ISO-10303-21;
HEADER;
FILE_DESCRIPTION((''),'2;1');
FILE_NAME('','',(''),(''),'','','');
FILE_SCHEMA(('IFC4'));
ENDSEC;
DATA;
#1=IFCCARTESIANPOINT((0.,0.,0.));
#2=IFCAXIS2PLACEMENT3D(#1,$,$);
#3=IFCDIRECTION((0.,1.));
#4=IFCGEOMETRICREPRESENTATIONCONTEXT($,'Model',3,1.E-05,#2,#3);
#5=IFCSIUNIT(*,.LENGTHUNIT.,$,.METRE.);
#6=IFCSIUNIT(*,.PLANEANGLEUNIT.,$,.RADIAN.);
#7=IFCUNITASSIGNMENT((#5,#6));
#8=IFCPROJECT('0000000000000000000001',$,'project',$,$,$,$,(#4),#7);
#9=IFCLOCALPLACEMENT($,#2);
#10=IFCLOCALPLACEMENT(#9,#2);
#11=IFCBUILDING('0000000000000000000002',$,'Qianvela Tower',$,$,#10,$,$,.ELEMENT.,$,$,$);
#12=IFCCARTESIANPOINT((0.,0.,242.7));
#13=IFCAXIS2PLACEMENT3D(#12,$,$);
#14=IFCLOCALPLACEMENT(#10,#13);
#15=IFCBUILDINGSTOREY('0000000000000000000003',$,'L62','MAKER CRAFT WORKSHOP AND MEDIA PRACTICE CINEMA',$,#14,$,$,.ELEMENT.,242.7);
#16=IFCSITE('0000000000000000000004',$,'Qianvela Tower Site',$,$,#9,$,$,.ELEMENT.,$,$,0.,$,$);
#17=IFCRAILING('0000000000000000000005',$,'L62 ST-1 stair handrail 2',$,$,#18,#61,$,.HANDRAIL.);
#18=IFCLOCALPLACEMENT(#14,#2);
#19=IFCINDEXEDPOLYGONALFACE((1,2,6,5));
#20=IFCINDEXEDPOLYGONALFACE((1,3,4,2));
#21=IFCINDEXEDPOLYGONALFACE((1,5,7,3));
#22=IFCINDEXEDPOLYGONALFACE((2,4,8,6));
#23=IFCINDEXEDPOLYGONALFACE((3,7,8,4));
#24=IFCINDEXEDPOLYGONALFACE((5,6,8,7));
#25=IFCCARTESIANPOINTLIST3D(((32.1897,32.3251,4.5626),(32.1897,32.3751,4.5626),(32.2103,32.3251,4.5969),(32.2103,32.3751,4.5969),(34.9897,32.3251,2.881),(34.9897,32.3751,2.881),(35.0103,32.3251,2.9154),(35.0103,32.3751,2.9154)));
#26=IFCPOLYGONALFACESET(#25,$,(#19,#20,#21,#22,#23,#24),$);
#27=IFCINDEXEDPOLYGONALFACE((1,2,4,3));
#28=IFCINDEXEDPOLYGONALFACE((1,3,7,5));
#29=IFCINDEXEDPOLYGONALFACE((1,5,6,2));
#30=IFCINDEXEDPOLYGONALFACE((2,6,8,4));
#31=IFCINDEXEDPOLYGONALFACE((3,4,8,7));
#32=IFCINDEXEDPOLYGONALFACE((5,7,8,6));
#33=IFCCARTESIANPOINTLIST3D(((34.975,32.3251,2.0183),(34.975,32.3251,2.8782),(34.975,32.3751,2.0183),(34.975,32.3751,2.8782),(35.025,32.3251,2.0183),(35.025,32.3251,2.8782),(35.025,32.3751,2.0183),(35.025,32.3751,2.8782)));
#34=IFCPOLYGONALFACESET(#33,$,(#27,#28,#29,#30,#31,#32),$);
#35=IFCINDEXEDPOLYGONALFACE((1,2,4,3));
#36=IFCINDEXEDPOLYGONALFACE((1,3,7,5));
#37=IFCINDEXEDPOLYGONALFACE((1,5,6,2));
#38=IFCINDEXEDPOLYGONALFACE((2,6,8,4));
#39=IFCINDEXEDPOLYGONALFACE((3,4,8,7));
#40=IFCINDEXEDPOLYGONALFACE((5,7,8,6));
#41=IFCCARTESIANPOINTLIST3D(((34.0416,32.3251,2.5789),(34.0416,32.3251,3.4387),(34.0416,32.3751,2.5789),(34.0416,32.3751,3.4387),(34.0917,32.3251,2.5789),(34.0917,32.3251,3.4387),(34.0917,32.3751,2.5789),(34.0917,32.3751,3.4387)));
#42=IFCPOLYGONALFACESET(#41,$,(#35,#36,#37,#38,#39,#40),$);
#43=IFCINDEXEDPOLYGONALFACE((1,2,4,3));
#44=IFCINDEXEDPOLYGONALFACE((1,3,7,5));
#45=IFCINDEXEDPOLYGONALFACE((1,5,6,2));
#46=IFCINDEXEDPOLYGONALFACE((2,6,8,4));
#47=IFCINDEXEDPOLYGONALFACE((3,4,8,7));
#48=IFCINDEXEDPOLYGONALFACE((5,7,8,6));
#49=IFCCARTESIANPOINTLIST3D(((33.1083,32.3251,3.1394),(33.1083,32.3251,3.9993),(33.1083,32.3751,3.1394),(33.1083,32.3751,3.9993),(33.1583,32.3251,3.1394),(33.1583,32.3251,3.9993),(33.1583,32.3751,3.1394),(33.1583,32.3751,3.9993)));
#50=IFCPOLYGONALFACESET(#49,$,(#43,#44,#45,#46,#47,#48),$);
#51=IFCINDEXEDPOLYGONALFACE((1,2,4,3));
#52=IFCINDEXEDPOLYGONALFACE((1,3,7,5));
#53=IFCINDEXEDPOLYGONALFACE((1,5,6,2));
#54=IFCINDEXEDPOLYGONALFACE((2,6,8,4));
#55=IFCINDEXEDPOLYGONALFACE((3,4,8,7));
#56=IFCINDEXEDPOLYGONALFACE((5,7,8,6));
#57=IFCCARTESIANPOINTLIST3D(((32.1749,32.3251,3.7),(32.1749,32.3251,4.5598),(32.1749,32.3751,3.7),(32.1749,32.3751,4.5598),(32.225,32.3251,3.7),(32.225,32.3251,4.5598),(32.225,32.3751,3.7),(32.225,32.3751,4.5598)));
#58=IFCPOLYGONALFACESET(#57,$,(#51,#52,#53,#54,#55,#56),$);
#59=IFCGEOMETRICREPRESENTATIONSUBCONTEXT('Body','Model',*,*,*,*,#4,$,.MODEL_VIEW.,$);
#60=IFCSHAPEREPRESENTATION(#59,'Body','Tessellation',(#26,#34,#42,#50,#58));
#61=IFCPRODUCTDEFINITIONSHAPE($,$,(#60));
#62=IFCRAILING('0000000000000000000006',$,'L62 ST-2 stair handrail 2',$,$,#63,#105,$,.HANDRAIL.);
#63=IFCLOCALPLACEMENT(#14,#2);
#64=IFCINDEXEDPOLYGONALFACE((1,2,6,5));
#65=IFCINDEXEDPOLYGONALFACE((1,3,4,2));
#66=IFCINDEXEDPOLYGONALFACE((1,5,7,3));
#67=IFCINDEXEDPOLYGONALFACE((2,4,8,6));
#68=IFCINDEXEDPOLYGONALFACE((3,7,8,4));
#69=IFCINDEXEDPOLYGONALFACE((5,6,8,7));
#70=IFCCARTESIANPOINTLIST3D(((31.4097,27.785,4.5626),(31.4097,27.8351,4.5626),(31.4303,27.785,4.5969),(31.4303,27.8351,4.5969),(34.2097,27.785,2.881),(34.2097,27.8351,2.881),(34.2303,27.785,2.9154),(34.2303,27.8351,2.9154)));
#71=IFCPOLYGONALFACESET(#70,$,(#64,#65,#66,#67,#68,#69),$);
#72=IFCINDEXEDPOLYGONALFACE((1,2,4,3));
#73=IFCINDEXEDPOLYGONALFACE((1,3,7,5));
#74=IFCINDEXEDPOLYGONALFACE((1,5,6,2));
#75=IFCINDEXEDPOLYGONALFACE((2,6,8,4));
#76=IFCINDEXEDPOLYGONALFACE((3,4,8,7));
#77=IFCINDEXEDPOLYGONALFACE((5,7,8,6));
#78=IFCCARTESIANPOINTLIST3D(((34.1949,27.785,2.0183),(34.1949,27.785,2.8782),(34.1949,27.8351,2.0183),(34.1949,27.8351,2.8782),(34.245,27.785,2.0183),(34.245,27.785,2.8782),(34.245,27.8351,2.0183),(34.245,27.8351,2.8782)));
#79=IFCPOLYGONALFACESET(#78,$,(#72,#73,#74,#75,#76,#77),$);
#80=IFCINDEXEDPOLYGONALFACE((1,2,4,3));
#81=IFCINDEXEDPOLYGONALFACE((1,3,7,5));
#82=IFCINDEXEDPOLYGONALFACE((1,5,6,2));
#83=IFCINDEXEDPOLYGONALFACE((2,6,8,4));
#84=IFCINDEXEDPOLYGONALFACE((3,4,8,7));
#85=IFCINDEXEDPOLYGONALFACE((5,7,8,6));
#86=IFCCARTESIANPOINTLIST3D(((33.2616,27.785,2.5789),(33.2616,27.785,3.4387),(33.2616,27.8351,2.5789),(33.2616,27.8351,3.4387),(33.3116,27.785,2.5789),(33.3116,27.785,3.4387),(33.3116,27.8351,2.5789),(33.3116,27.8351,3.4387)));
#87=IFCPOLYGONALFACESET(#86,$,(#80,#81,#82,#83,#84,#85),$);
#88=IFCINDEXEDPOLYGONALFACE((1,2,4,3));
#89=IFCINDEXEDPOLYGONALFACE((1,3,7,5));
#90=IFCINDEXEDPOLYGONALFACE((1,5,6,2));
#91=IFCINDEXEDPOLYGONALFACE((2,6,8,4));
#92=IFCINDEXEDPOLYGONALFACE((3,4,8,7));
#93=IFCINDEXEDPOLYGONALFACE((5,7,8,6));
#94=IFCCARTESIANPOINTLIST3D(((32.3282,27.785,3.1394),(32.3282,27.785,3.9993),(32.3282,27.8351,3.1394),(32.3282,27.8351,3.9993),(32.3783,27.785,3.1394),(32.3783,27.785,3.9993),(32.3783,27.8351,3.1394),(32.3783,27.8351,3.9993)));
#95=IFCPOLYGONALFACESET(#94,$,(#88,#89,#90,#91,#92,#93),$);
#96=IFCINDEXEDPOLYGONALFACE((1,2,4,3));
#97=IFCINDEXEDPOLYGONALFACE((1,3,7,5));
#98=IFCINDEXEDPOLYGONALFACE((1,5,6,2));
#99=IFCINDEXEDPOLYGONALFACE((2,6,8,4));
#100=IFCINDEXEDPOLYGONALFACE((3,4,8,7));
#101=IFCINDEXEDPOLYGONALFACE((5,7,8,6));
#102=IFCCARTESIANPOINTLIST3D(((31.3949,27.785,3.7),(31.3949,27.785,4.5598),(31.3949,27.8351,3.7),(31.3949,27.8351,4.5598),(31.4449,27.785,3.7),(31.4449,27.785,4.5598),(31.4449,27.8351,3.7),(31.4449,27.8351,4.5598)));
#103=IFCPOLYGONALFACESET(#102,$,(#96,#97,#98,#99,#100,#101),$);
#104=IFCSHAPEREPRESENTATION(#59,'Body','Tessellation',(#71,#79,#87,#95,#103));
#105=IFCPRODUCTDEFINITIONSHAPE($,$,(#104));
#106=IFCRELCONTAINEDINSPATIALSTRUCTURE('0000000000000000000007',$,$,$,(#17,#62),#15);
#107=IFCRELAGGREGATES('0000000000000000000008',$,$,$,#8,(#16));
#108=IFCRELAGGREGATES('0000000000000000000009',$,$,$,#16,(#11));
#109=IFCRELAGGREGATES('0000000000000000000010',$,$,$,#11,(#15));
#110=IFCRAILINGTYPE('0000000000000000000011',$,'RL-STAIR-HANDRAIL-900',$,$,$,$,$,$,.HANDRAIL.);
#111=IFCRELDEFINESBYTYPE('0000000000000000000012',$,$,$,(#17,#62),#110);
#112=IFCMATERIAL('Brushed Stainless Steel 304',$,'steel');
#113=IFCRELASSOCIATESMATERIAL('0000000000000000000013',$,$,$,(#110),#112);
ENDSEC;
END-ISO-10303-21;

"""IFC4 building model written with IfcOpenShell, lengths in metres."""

from ifc_helpers import new_model, si_unit, direction, frame, origin, origin_2d, place, context, subcontext, project, spatial, rectangle, extrude, material, type_object, element, save


model = new_model("IFC4")

# Units and contexts
model_context = context("Model", 3, precision=1e-05, world=origin(), true_north=direction((0.0, 1.0)))
body_context = subcontext(model_context, "Body", "Model", "MODEL_VIEW")
ifc_project = project(units=[si_unit("LENGTHUNIT", "METRE"), si_unit("PLANEANGLEUNIT", "RADIAN")], contexts=[model_context])

# Site, building, storey
site_placement = place(None, origin())
site = spatial("IfcSite", under=ifc_project, at=site_placement, Name="Qianvela Tower Site", CompositionType="ELEMENT", RefElevation=0.0)
building_placement = place(site_placement, origin())
building = spatial("IfcBuilding", under=site, at=building_placement, Name="Qianvela Tower", CompositionType="ELEMENT")
storey_placement = place(building_placement, frame((0.0, 0.0, 242.7)))
storey = spatial("IfcBuildingStorey", under=building, at=storey_placement, Name="L62", Description="MAKER CRAFT WORKSHOP AND MEDIA PRACTICE CINEMA", CompositionType="ELEMENT", Elevation=242.7)

# Railings
ifc_material_1 = material(Name="Brushed Stainless Steel 304", Category="steel")
railing_type_1 = type_object("IfcRailingType", Name="RL-STAIR-HANDRAIL-900", PredefinedType="HANDRAIL", material=ifc_material_1)
for number, where, name in (
    (1, (35.0, 32.3501, 2.0183), "L62 ST-1 stair handrail 2"),
    (2, (34.22, 27.8101, 2.0183), "L62 ST-2 stair handrail 2"),
):
    element("IfcRailing", number, at=place(storey_placement, frame(where)), inside=storey, type_object=railing_type_1, Name=name, PredefinedType="HANDRAIL", context=body_context, shape_type="SweptSolid", body=[
        extrude(rectangle(XDim=0.05, YDim=0.04, at=origin_2d()), frame((0.0, 0.0, 0.8799), z_axis=(-0.857275, 0.0, 0.514858), x_axis=(0.0, -1.0, 0.0)), (0.0, 0.0, 1.0), 3.2661),
        extrude(rectangle(XDim=0.05, YDim=0.05, at=origin_2d()), origin(), (0.0, 0.0, 1.0), 0.8599),
        extrude(rectangle(XDim=0.05, YDim=0.05, at=origin_2d()), frame((-0.9333, 0.0, 0.5605)), (0.0, 0.0, 1.0), 0.8599),
        extrude(rectangle(XDim=0.05, YDim=0.05, at=origin_2d()), frame((-1.8667, 0.0, 1.1211)), (0.0, 0.0, 1.0), 0.8599),
        extrude(rectangle(XDim=0.05, YDim=0.05, at=origin_2d()), frame((-2.8, 0.0, 1.6816)), (0.0, 0.0, 1.0), 0.8599),
    ])

save(model, "model.ifc")
